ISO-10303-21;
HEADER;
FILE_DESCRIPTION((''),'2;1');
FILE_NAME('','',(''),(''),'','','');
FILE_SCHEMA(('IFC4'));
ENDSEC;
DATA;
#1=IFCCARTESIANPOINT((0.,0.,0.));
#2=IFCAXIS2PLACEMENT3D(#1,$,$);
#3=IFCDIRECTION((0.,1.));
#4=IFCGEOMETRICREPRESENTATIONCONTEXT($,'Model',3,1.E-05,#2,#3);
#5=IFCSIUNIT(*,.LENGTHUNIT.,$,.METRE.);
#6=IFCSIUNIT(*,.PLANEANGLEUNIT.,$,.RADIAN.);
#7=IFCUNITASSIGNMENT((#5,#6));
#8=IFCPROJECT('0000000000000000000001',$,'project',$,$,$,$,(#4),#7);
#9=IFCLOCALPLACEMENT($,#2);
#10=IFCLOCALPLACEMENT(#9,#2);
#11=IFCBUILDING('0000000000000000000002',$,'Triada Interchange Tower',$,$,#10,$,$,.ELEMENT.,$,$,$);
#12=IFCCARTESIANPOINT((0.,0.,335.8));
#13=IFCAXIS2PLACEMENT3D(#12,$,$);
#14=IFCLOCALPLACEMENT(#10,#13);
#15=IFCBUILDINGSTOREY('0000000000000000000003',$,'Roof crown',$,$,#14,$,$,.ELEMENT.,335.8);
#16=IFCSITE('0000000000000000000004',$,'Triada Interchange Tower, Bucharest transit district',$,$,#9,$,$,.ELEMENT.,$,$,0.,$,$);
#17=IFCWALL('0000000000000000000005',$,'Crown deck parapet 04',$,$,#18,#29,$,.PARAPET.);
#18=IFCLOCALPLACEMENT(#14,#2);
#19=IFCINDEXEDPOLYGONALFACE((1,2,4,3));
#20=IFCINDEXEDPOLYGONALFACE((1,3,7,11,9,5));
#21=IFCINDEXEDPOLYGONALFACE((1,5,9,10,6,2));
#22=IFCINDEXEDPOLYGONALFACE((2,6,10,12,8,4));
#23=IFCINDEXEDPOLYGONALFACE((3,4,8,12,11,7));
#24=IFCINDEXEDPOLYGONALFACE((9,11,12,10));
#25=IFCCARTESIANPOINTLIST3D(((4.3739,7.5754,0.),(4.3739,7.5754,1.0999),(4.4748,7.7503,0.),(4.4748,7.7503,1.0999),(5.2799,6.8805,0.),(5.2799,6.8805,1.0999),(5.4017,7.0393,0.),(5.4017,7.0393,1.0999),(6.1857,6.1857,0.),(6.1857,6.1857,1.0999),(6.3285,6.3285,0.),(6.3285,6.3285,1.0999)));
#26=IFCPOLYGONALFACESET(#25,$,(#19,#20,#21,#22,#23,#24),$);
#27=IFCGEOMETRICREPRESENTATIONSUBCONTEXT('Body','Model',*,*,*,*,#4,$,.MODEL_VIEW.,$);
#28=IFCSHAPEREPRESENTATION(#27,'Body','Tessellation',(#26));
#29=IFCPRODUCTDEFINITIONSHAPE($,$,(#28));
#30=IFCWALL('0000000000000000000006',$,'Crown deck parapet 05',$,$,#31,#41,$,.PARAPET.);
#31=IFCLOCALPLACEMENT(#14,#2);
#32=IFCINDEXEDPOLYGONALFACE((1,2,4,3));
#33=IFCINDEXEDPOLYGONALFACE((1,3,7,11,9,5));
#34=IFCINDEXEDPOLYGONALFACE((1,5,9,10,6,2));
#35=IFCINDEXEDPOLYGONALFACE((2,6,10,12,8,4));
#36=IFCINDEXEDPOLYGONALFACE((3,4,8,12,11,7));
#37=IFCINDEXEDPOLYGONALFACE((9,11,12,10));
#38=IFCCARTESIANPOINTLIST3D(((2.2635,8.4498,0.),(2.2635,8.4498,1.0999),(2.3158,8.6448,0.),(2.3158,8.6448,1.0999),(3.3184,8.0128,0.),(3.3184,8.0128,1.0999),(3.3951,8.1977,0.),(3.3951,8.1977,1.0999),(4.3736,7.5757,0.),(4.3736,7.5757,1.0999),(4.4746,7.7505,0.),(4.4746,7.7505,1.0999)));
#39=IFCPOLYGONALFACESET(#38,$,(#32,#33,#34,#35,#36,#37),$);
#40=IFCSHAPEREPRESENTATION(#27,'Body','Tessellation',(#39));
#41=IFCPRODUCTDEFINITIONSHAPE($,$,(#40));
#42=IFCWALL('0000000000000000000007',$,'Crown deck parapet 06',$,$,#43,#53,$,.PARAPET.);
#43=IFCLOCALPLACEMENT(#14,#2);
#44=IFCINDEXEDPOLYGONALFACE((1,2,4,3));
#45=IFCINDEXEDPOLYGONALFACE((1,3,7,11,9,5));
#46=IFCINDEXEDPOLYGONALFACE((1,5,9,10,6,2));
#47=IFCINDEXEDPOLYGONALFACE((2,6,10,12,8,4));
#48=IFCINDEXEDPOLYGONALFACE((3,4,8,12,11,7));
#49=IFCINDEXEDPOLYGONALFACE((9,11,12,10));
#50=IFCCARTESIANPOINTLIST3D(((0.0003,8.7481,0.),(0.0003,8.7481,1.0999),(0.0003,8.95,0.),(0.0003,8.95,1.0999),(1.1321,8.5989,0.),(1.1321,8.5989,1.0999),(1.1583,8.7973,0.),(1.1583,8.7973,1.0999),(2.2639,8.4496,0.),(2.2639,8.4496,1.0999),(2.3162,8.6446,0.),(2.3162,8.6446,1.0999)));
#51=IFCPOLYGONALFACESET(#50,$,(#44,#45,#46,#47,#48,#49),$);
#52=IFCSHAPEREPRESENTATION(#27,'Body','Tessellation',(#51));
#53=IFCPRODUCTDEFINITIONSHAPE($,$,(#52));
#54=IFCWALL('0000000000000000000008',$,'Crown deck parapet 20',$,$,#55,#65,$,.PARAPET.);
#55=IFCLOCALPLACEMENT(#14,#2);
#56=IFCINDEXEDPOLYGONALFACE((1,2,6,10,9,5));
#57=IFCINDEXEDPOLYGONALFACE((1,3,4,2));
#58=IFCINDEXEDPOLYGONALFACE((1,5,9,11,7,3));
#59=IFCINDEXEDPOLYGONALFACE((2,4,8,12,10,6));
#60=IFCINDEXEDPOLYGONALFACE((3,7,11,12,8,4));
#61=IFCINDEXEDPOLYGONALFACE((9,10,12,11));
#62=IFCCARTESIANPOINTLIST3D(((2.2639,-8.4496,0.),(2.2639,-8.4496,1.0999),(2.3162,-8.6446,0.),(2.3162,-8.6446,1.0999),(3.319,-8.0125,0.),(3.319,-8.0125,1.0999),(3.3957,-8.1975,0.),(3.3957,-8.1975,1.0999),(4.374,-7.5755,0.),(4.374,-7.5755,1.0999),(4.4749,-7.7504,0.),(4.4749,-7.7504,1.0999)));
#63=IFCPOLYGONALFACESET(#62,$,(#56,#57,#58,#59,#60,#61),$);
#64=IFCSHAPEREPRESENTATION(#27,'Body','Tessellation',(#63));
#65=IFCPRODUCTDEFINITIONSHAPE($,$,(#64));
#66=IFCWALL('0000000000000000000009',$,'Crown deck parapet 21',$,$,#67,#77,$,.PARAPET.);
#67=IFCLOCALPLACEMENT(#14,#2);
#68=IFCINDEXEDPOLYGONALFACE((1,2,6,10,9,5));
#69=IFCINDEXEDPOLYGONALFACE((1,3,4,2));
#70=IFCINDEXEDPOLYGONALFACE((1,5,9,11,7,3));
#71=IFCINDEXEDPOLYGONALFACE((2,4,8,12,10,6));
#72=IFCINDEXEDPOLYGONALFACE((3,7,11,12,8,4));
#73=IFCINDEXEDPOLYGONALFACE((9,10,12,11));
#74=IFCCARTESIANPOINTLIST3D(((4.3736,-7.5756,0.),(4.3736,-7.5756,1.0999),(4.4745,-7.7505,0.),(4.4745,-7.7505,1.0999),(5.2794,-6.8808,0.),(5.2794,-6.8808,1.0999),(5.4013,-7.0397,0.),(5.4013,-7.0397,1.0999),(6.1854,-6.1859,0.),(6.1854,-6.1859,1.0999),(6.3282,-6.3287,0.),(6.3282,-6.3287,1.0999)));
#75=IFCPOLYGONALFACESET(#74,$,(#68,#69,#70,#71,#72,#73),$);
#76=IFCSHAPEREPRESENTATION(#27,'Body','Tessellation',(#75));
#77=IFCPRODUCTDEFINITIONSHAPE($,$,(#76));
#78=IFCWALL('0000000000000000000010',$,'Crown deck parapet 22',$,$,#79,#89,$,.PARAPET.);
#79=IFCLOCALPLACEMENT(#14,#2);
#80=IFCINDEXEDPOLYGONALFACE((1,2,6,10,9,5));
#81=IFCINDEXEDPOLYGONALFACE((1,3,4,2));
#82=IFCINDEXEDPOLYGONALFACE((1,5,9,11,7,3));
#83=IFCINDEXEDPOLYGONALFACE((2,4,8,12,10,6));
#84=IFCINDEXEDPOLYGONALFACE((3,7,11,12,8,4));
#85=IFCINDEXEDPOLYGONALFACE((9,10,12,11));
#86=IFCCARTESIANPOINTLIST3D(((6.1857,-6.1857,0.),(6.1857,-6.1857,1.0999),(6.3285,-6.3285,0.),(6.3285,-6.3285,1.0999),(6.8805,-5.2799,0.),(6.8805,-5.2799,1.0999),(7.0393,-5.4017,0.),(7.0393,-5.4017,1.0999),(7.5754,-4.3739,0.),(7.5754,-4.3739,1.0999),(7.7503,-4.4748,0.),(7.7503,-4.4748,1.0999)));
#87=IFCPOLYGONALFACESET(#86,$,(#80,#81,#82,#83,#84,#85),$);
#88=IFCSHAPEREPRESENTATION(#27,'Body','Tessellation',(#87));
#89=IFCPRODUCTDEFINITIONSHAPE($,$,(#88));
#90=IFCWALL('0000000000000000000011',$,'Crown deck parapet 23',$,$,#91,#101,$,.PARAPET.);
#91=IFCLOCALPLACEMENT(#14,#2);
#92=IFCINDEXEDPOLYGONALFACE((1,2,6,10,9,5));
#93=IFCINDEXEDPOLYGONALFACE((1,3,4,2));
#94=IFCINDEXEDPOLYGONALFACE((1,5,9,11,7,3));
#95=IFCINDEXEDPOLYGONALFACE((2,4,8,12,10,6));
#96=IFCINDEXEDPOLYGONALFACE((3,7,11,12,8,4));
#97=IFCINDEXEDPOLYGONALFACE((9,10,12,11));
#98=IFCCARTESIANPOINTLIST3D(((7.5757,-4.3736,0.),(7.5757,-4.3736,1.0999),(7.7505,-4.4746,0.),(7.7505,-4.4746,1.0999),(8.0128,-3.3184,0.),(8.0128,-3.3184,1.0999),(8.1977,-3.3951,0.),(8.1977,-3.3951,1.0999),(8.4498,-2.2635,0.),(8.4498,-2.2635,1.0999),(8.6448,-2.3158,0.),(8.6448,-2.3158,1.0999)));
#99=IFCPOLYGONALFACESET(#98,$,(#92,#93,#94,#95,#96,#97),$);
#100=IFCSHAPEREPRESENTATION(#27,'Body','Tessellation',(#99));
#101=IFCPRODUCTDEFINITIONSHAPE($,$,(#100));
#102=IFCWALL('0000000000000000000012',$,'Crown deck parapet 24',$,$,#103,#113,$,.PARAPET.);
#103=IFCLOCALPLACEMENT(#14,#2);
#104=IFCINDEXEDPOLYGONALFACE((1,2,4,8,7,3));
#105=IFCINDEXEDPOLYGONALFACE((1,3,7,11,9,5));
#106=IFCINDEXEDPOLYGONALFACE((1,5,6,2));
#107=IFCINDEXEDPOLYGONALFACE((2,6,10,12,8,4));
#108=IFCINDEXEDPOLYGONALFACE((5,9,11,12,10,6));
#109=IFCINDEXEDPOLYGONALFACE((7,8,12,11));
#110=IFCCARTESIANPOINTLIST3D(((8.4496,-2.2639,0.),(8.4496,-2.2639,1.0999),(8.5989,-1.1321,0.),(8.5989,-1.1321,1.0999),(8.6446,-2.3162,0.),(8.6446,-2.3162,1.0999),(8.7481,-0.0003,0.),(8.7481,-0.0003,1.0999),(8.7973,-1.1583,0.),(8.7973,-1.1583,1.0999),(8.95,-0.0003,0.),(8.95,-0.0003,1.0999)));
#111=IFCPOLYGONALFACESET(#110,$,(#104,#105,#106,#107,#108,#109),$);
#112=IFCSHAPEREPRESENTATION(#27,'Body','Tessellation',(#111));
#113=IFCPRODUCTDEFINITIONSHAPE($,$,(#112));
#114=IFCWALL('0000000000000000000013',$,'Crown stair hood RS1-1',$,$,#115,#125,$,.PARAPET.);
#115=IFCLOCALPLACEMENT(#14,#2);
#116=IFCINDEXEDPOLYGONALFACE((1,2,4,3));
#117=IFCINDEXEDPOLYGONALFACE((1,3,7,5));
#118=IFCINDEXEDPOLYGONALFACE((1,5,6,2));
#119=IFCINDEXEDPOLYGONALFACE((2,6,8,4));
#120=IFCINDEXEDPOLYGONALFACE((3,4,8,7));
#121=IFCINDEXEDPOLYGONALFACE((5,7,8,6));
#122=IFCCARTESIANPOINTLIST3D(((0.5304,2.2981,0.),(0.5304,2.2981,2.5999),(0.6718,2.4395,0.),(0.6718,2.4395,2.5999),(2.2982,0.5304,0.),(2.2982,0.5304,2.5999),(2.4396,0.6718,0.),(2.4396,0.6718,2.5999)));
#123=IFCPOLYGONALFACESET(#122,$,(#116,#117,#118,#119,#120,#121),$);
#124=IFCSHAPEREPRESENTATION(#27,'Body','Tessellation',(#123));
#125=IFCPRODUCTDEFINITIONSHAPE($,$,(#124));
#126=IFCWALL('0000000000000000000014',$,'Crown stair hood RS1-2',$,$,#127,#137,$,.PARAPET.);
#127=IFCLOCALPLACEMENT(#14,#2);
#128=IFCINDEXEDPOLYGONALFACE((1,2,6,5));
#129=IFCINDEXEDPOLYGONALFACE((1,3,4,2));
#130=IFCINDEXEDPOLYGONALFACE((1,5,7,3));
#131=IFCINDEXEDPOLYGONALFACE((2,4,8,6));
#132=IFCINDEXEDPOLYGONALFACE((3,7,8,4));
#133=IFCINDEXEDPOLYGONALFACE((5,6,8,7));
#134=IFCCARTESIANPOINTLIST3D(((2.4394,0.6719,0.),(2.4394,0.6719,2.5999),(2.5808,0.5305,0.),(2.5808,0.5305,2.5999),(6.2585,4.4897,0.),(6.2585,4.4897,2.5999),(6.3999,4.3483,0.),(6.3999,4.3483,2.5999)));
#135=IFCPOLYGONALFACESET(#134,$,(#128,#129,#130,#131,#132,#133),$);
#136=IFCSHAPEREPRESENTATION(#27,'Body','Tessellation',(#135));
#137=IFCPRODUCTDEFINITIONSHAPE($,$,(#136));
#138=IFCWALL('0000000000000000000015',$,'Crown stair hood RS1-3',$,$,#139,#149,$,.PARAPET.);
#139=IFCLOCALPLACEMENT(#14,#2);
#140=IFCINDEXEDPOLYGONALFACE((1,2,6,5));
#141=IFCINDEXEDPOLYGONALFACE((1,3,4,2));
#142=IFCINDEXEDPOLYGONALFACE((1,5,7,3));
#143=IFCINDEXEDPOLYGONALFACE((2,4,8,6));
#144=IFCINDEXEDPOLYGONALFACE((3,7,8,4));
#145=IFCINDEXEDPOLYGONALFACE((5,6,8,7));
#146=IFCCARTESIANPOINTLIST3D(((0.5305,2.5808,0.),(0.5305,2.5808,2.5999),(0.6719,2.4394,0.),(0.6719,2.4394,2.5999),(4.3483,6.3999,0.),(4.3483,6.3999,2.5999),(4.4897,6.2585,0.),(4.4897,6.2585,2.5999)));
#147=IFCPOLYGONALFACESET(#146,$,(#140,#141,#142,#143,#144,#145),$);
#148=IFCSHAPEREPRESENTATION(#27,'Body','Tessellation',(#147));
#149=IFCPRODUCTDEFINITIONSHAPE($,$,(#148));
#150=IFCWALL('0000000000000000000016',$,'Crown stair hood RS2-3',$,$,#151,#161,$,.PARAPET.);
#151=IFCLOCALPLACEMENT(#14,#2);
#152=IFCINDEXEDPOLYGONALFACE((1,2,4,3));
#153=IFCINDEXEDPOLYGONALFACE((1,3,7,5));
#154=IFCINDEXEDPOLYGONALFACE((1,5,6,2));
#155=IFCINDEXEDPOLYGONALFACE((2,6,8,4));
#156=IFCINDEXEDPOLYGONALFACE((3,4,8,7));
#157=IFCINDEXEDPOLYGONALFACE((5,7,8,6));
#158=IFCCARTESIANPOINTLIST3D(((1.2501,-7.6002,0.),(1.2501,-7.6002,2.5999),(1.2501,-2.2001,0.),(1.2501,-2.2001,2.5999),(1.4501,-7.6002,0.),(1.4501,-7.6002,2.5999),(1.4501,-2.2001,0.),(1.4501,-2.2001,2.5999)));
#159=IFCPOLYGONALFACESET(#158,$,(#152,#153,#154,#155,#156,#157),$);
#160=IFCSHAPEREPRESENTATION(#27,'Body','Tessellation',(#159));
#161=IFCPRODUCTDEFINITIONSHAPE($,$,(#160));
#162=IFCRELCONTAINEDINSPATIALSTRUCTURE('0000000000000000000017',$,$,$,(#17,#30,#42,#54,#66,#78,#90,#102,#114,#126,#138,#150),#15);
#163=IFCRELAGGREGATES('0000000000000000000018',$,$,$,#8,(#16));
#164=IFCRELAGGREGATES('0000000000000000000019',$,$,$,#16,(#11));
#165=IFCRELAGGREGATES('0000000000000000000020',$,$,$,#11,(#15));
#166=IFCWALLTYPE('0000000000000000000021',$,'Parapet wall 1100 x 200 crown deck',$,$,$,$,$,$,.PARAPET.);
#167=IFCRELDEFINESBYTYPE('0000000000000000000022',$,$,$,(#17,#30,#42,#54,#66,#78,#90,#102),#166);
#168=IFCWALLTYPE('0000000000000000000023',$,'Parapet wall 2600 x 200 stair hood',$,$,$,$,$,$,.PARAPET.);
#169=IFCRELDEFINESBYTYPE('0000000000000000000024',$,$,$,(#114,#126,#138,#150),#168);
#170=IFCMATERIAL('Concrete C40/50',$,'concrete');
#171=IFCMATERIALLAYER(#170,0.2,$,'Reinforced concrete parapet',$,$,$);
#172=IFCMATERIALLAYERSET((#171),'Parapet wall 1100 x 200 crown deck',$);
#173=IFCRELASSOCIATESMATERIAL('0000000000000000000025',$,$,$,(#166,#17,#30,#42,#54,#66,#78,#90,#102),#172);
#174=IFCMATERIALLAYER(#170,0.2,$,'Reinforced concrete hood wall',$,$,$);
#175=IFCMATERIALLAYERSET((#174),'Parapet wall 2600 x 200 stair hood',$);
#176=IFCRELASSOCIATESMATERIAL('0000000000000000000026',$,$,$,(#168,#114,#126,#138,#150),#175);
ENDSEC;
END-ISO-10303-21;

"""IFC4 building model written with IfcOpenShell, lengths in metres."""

from ifc_helpers import new_model, si_unit, direction, frame, frame_2d, origin, place, context, subcontext, project, spatial, polyline, rectangle, outline, extrude, material, layer, layer_set, layer_usage, type_object, element, save


model = new_model("IFC4")

# Units and contexts
model_context = context("Model", 3, precision=1e-05, world=origin(), true_north=direction((0.0, 1.0)))
body_context = subcontext(model_context, "Body", "Model", "MODEL_VIEW")
ifc_project = project(units=[si_unit("LENGTHUNIT", "METRE"), si_unit("PLANEANGLEUNIT", "RADIAN")], contexts=[model_context])

# Site, building, storey
site_placement = place(None, origin())
site = spatial("IfcSite", under=ifc_project, at=site_placement, Name="Triada Interchange Tower, Bucharest transit district", CompositionType="ELEMENT", RefElevation=0.0)
building_placement = place(site_placement, origin())
building = spatial("IfcBuilding", under=site, at=building_placement, Name="Triada Interchange Tower", CompositionType="ELEMENT")
storey_placement = place(building_placement, frame((0.0, 0.0, 335.8)))
storey = spatial("IfcBuildingStorey", under=building, at=storey_placement, Name="Roof crown", CompositionType="ELEMENT", Elevation=335.8)

# Walls
ifc_material_1 = material(Name="Concrete C40/50", Category="concrete")
ifc_layer_1 = layer(ifc_material_1, 0.2, Name="Reinforced concrete parapet")
ifc_layer_set_1 = layer_set([ifc_layer_1], Name="Parapet wall 1100 x 200 crown deck")
ifc_layer_usage_1 = layer_usage(ifc_layer_set_1, "AXIS2", "POSITIVE", -0.1001)
wall_type_1 = type_object("IfcWallType", Name="Parapet wall 1100 x 200 crown deck", PredefinedType="PARAPET", material=ifc_layer_set_1)
for number, where, z_axis, x_axis, name in (
    (1, (6.2571, 6.2571, 0.0), (0.0, 0.0, 1.0), (-0.79346, 0.608622, 0.0), "Crown deck parapet 04"),
):
    element("IfcWall", number, at=place(storey_placement, frame(where, z_axis=z_axis, x_axis=x_axis)), inside=storey, type_object=wall_type_1, material=ifc_layer_usage_1, Name=name, PredefinedType="PARAPET", context=body_context, shape_type="SweptSolid", body=[
        extrude(outline(polyline([(-0.0132, -0.1001), (1.1548, -0.1001), (2.323, -0.1001), (2.2966, 0.1001), (1.1548, 0.1001), (0.0132, 0.1001), (-0.0132, -0.1001)])), origin(), (0.0, 0.0, 1.0), 1.0999),
    ])
wall_1_placement = place(storey_placement, frame((4.4241, 7.6631, 0.0), z_axis=(0.0, 0.0, 1.0), x_axis=(-0.923866, 0.382716, 0.0)))
element("IfcWall", 2, at=wall_1_placement, inside=storey, type_object=wall_type_1, material=ifc_layer_usage_1, Name="Crown deck parapet 05", PredefinedType="PARAPET", context=body_context, shape_type="SweptSolid", body=[
    extrude(outline(polyline([(-0.0132, -0.1001), (1.1553, -0.1001), (2.3235, -0.1001), (2.2971, 0.1001), (1.1553, 0.1001), (0.0132, 0.1001), (-0.0132, -0.1001)])), origin(), (0.0, 0.0, 1.0), 1.0999),
])
wall_2_placement = place(storey_placement, frame((2.29, 8.5471, 0.0), z_axis=(0.0, 0.0, 1.0), x_axis=(-0.991416, 0.130744, 0.0)))
element("IfcWall", 3, at=wall_2_placement, inside=storey, type_object=wall_type_1, material=ifc_layer_usage_1, Name="Crown deck parapet 06", PredefinedType="PARAPET", context=body_context, shape_type="SweptSolid", body=[
    extrude(outline(polyline([(-0.0132, -0.1001), (1.1548, -0.1001), (2.3228, -0.1001), (2.2964, 0.1001), (1.1548, 0.1001), (0.0132, 0.1001), (-0.0132, -0.1001)])), origin(), (0.0, 0.0, 1.0), 1.0999),
])
wall_3_placement = place(storey_placement, frame((2.29, -8.5471, 0.0), z_axis=(0.0, 0.0, 1.0), x_axis=(0.923866, 0.382716, 0.0)))
element("IfcWall", 4, at=wall_3_placement, inside=storey, type_object=wall_type_1, material=ifc_layer_usage_1, Name="Crown deck parapet 20", PredefinedType="PARAPET", context=body_context, shape_type="SweptSolid", body=[
    extrude(outline(polyline([(-0.0132, -0.1001), (1.1553, -0.1001), (2.3235, -0.1001), (2.2971, 0.1001), (1.1553, 0.1001), (0.0132, 0.1001), (-0.0132, -0.1001)])), origin(), (0.0, 0.0, 1.0), 1.0999),
])
for number, where, z_axis, x_axis, name in (
    (5, (4.4241, -7.6631, 0.0), (0.0, 0.0, 1.0), (0.79346, 0.608622, 0.0), "Crown deck parapet 21"),
    (6, (6.2571, -6.2571, 0.0), (0.0, 0.0, 1.0), (0.608622, 0.79346, 0.0), "Crown deck parapet 22"),
):
    element("IfcWall", number, at=place(storey_placement, frame(where, z_axis=z_axis, x_axis=x_axis)), inside=storey, type_object=wall_type_1, material=ifc_layer_usage_1, Name=name, PredefinedType="PARAPET", context=body_context, shape_type="SweptSolid", body=[
        extrude(outline(polyline([(-0.0132, -0.1001), (1.1548, -0.1001), (2.323, -0.1001), (2.2966, 0.1001), (1.1548, 0.1001), (0.0132, 0.1001), (-0.0132, -0.1001)])), origin(), (0.0, 0.0, 1.0), 1.0999),
    ])
wall_4_placement = place(storey_placement, frame((7.6631, -4.4241, 0.0), z_axis=(0.0, 0.0, 1.0), x_axis=(0.382716, 0.923866, 0.0)))
element("IfcWall", 7, at=wall_4_placement, inside=storey, type_object=wall_type_1, material=ifc_layer_usage_1, Name="Crown deck parapet 23", PredefinedType="PARAPET", context=body_context, shape_type="SweptSolid", body=[
    extrude(outline(polyline([(-0.0132, -0.1001), (1.1553, -0.1001), (2.3235, -0.1001), (2.2971, 0.1001), (1.1553, 0.1001), (0.0132, 0.1001), (-0.0132, -0.1001)])), origin(), (0.0, 0.0, 1.0), 1.0999),
])
wall_5_placement = place(storey_placement, frame((8.5471, -2.29, 0.0), z_axis=(0.0, 0.0, 1.0), x_axis=(0.130744, 0.991416, 0.0)))
element("IfcWall", 8, at=wall_5_placement, inside=storey, type_object=wall_type_1, material=ifc_layer_usage_1, Name="Crown deck parapet 24", PredefinedType="PARAPET", context=body_context, shape_type="SweptSolid", body=[
    extrude(outline(polyline([(-0.0132, -0.1001), (1.1548, -0.1001), (2.3228, -0.1001), (2.2964, 0.1001), (1.1548, 0.1001), (0.0132, 0.1001), (-0.0132, -0.1001)])), origin(), (0.0, 0.0, 1.0), 1.0999),
])
ifc_layer_2 = layer(ifc_material_1, 0.2, Name="Reinforced concrete hood wall")
ifc_layer_set_2 = layer_set([ifc_layer_2], Name="Parapet wall 2600 x 200 stair hood")
ifc_layer_usage_2 = layer_usage(ifc_layer_set_2, "AXIS2", "POSITIVE", -0.1001)
wall_type_2 = type_object("IfcWallType", Name="Parapet wall 2600 x 200 stair hood", PredefinedType="PARAPET", material=ifc_layer_set_2)
wall_6_placement = place(storey_placement, frame((2.3689, 0.6011, 0.0), z_axis=(0.0, 0.0, 1.0), x_axis=(-0.707107, 0.707107, 0.0)))
element("IfcWall", 9, at=wall_6_placement, inside=storey, type_object=wall_type_2, material=ifc_layer_usage_2, Name="Crown stair hood RS1-1", PredefinedType="PARAPET", context=body_context, shape_type="SweptSolid", body=[
    extrude(rectangle(XDim=2.5, YDim=0.2, at=frame_2d((1.25, 0.0))), origin(), (0.0, 0.0, 1.0), 2.5999),
])
for number, where, z_axis, x_axis, name in (
    (10, (2.51, 0.6011, 0.0), (0.0, 0.0, 1.0), (0.70722, 0.706994, 0.0), "Crown stair hood RS1-2"),
    (11, (0.6011, 2.51, 0.0), (0.0, 0.0, 1.0), (0.706994, 0.70722, 0.0), "Crown stair hood RS1-3"),
    (12, (1.3501, -2.2, 0.0), (0.0, 0.0, 1.0), (0.0, -1.0, 0.0), "Crown stair hood RS2-3"),
):
    element("IfcWall", number, at=place(storey_placement, frame(where, z_axis=z_axis, x_axis=x_axis)), inside=storey, type_object=wall_type_2, material=ifc_layer_usage_2, Name=name, PredefinedType="PARAPET", context=body_context, shape_type="SweptSolid", body=[
        extrude(rectangle(XDim=5.4001, YDim=0.2, at=frame_2d((2.7002, 0.0))), origin(), (0.0, 0.0, 1.0), 2.5999),
    ])

save(model, "model.ifc")
